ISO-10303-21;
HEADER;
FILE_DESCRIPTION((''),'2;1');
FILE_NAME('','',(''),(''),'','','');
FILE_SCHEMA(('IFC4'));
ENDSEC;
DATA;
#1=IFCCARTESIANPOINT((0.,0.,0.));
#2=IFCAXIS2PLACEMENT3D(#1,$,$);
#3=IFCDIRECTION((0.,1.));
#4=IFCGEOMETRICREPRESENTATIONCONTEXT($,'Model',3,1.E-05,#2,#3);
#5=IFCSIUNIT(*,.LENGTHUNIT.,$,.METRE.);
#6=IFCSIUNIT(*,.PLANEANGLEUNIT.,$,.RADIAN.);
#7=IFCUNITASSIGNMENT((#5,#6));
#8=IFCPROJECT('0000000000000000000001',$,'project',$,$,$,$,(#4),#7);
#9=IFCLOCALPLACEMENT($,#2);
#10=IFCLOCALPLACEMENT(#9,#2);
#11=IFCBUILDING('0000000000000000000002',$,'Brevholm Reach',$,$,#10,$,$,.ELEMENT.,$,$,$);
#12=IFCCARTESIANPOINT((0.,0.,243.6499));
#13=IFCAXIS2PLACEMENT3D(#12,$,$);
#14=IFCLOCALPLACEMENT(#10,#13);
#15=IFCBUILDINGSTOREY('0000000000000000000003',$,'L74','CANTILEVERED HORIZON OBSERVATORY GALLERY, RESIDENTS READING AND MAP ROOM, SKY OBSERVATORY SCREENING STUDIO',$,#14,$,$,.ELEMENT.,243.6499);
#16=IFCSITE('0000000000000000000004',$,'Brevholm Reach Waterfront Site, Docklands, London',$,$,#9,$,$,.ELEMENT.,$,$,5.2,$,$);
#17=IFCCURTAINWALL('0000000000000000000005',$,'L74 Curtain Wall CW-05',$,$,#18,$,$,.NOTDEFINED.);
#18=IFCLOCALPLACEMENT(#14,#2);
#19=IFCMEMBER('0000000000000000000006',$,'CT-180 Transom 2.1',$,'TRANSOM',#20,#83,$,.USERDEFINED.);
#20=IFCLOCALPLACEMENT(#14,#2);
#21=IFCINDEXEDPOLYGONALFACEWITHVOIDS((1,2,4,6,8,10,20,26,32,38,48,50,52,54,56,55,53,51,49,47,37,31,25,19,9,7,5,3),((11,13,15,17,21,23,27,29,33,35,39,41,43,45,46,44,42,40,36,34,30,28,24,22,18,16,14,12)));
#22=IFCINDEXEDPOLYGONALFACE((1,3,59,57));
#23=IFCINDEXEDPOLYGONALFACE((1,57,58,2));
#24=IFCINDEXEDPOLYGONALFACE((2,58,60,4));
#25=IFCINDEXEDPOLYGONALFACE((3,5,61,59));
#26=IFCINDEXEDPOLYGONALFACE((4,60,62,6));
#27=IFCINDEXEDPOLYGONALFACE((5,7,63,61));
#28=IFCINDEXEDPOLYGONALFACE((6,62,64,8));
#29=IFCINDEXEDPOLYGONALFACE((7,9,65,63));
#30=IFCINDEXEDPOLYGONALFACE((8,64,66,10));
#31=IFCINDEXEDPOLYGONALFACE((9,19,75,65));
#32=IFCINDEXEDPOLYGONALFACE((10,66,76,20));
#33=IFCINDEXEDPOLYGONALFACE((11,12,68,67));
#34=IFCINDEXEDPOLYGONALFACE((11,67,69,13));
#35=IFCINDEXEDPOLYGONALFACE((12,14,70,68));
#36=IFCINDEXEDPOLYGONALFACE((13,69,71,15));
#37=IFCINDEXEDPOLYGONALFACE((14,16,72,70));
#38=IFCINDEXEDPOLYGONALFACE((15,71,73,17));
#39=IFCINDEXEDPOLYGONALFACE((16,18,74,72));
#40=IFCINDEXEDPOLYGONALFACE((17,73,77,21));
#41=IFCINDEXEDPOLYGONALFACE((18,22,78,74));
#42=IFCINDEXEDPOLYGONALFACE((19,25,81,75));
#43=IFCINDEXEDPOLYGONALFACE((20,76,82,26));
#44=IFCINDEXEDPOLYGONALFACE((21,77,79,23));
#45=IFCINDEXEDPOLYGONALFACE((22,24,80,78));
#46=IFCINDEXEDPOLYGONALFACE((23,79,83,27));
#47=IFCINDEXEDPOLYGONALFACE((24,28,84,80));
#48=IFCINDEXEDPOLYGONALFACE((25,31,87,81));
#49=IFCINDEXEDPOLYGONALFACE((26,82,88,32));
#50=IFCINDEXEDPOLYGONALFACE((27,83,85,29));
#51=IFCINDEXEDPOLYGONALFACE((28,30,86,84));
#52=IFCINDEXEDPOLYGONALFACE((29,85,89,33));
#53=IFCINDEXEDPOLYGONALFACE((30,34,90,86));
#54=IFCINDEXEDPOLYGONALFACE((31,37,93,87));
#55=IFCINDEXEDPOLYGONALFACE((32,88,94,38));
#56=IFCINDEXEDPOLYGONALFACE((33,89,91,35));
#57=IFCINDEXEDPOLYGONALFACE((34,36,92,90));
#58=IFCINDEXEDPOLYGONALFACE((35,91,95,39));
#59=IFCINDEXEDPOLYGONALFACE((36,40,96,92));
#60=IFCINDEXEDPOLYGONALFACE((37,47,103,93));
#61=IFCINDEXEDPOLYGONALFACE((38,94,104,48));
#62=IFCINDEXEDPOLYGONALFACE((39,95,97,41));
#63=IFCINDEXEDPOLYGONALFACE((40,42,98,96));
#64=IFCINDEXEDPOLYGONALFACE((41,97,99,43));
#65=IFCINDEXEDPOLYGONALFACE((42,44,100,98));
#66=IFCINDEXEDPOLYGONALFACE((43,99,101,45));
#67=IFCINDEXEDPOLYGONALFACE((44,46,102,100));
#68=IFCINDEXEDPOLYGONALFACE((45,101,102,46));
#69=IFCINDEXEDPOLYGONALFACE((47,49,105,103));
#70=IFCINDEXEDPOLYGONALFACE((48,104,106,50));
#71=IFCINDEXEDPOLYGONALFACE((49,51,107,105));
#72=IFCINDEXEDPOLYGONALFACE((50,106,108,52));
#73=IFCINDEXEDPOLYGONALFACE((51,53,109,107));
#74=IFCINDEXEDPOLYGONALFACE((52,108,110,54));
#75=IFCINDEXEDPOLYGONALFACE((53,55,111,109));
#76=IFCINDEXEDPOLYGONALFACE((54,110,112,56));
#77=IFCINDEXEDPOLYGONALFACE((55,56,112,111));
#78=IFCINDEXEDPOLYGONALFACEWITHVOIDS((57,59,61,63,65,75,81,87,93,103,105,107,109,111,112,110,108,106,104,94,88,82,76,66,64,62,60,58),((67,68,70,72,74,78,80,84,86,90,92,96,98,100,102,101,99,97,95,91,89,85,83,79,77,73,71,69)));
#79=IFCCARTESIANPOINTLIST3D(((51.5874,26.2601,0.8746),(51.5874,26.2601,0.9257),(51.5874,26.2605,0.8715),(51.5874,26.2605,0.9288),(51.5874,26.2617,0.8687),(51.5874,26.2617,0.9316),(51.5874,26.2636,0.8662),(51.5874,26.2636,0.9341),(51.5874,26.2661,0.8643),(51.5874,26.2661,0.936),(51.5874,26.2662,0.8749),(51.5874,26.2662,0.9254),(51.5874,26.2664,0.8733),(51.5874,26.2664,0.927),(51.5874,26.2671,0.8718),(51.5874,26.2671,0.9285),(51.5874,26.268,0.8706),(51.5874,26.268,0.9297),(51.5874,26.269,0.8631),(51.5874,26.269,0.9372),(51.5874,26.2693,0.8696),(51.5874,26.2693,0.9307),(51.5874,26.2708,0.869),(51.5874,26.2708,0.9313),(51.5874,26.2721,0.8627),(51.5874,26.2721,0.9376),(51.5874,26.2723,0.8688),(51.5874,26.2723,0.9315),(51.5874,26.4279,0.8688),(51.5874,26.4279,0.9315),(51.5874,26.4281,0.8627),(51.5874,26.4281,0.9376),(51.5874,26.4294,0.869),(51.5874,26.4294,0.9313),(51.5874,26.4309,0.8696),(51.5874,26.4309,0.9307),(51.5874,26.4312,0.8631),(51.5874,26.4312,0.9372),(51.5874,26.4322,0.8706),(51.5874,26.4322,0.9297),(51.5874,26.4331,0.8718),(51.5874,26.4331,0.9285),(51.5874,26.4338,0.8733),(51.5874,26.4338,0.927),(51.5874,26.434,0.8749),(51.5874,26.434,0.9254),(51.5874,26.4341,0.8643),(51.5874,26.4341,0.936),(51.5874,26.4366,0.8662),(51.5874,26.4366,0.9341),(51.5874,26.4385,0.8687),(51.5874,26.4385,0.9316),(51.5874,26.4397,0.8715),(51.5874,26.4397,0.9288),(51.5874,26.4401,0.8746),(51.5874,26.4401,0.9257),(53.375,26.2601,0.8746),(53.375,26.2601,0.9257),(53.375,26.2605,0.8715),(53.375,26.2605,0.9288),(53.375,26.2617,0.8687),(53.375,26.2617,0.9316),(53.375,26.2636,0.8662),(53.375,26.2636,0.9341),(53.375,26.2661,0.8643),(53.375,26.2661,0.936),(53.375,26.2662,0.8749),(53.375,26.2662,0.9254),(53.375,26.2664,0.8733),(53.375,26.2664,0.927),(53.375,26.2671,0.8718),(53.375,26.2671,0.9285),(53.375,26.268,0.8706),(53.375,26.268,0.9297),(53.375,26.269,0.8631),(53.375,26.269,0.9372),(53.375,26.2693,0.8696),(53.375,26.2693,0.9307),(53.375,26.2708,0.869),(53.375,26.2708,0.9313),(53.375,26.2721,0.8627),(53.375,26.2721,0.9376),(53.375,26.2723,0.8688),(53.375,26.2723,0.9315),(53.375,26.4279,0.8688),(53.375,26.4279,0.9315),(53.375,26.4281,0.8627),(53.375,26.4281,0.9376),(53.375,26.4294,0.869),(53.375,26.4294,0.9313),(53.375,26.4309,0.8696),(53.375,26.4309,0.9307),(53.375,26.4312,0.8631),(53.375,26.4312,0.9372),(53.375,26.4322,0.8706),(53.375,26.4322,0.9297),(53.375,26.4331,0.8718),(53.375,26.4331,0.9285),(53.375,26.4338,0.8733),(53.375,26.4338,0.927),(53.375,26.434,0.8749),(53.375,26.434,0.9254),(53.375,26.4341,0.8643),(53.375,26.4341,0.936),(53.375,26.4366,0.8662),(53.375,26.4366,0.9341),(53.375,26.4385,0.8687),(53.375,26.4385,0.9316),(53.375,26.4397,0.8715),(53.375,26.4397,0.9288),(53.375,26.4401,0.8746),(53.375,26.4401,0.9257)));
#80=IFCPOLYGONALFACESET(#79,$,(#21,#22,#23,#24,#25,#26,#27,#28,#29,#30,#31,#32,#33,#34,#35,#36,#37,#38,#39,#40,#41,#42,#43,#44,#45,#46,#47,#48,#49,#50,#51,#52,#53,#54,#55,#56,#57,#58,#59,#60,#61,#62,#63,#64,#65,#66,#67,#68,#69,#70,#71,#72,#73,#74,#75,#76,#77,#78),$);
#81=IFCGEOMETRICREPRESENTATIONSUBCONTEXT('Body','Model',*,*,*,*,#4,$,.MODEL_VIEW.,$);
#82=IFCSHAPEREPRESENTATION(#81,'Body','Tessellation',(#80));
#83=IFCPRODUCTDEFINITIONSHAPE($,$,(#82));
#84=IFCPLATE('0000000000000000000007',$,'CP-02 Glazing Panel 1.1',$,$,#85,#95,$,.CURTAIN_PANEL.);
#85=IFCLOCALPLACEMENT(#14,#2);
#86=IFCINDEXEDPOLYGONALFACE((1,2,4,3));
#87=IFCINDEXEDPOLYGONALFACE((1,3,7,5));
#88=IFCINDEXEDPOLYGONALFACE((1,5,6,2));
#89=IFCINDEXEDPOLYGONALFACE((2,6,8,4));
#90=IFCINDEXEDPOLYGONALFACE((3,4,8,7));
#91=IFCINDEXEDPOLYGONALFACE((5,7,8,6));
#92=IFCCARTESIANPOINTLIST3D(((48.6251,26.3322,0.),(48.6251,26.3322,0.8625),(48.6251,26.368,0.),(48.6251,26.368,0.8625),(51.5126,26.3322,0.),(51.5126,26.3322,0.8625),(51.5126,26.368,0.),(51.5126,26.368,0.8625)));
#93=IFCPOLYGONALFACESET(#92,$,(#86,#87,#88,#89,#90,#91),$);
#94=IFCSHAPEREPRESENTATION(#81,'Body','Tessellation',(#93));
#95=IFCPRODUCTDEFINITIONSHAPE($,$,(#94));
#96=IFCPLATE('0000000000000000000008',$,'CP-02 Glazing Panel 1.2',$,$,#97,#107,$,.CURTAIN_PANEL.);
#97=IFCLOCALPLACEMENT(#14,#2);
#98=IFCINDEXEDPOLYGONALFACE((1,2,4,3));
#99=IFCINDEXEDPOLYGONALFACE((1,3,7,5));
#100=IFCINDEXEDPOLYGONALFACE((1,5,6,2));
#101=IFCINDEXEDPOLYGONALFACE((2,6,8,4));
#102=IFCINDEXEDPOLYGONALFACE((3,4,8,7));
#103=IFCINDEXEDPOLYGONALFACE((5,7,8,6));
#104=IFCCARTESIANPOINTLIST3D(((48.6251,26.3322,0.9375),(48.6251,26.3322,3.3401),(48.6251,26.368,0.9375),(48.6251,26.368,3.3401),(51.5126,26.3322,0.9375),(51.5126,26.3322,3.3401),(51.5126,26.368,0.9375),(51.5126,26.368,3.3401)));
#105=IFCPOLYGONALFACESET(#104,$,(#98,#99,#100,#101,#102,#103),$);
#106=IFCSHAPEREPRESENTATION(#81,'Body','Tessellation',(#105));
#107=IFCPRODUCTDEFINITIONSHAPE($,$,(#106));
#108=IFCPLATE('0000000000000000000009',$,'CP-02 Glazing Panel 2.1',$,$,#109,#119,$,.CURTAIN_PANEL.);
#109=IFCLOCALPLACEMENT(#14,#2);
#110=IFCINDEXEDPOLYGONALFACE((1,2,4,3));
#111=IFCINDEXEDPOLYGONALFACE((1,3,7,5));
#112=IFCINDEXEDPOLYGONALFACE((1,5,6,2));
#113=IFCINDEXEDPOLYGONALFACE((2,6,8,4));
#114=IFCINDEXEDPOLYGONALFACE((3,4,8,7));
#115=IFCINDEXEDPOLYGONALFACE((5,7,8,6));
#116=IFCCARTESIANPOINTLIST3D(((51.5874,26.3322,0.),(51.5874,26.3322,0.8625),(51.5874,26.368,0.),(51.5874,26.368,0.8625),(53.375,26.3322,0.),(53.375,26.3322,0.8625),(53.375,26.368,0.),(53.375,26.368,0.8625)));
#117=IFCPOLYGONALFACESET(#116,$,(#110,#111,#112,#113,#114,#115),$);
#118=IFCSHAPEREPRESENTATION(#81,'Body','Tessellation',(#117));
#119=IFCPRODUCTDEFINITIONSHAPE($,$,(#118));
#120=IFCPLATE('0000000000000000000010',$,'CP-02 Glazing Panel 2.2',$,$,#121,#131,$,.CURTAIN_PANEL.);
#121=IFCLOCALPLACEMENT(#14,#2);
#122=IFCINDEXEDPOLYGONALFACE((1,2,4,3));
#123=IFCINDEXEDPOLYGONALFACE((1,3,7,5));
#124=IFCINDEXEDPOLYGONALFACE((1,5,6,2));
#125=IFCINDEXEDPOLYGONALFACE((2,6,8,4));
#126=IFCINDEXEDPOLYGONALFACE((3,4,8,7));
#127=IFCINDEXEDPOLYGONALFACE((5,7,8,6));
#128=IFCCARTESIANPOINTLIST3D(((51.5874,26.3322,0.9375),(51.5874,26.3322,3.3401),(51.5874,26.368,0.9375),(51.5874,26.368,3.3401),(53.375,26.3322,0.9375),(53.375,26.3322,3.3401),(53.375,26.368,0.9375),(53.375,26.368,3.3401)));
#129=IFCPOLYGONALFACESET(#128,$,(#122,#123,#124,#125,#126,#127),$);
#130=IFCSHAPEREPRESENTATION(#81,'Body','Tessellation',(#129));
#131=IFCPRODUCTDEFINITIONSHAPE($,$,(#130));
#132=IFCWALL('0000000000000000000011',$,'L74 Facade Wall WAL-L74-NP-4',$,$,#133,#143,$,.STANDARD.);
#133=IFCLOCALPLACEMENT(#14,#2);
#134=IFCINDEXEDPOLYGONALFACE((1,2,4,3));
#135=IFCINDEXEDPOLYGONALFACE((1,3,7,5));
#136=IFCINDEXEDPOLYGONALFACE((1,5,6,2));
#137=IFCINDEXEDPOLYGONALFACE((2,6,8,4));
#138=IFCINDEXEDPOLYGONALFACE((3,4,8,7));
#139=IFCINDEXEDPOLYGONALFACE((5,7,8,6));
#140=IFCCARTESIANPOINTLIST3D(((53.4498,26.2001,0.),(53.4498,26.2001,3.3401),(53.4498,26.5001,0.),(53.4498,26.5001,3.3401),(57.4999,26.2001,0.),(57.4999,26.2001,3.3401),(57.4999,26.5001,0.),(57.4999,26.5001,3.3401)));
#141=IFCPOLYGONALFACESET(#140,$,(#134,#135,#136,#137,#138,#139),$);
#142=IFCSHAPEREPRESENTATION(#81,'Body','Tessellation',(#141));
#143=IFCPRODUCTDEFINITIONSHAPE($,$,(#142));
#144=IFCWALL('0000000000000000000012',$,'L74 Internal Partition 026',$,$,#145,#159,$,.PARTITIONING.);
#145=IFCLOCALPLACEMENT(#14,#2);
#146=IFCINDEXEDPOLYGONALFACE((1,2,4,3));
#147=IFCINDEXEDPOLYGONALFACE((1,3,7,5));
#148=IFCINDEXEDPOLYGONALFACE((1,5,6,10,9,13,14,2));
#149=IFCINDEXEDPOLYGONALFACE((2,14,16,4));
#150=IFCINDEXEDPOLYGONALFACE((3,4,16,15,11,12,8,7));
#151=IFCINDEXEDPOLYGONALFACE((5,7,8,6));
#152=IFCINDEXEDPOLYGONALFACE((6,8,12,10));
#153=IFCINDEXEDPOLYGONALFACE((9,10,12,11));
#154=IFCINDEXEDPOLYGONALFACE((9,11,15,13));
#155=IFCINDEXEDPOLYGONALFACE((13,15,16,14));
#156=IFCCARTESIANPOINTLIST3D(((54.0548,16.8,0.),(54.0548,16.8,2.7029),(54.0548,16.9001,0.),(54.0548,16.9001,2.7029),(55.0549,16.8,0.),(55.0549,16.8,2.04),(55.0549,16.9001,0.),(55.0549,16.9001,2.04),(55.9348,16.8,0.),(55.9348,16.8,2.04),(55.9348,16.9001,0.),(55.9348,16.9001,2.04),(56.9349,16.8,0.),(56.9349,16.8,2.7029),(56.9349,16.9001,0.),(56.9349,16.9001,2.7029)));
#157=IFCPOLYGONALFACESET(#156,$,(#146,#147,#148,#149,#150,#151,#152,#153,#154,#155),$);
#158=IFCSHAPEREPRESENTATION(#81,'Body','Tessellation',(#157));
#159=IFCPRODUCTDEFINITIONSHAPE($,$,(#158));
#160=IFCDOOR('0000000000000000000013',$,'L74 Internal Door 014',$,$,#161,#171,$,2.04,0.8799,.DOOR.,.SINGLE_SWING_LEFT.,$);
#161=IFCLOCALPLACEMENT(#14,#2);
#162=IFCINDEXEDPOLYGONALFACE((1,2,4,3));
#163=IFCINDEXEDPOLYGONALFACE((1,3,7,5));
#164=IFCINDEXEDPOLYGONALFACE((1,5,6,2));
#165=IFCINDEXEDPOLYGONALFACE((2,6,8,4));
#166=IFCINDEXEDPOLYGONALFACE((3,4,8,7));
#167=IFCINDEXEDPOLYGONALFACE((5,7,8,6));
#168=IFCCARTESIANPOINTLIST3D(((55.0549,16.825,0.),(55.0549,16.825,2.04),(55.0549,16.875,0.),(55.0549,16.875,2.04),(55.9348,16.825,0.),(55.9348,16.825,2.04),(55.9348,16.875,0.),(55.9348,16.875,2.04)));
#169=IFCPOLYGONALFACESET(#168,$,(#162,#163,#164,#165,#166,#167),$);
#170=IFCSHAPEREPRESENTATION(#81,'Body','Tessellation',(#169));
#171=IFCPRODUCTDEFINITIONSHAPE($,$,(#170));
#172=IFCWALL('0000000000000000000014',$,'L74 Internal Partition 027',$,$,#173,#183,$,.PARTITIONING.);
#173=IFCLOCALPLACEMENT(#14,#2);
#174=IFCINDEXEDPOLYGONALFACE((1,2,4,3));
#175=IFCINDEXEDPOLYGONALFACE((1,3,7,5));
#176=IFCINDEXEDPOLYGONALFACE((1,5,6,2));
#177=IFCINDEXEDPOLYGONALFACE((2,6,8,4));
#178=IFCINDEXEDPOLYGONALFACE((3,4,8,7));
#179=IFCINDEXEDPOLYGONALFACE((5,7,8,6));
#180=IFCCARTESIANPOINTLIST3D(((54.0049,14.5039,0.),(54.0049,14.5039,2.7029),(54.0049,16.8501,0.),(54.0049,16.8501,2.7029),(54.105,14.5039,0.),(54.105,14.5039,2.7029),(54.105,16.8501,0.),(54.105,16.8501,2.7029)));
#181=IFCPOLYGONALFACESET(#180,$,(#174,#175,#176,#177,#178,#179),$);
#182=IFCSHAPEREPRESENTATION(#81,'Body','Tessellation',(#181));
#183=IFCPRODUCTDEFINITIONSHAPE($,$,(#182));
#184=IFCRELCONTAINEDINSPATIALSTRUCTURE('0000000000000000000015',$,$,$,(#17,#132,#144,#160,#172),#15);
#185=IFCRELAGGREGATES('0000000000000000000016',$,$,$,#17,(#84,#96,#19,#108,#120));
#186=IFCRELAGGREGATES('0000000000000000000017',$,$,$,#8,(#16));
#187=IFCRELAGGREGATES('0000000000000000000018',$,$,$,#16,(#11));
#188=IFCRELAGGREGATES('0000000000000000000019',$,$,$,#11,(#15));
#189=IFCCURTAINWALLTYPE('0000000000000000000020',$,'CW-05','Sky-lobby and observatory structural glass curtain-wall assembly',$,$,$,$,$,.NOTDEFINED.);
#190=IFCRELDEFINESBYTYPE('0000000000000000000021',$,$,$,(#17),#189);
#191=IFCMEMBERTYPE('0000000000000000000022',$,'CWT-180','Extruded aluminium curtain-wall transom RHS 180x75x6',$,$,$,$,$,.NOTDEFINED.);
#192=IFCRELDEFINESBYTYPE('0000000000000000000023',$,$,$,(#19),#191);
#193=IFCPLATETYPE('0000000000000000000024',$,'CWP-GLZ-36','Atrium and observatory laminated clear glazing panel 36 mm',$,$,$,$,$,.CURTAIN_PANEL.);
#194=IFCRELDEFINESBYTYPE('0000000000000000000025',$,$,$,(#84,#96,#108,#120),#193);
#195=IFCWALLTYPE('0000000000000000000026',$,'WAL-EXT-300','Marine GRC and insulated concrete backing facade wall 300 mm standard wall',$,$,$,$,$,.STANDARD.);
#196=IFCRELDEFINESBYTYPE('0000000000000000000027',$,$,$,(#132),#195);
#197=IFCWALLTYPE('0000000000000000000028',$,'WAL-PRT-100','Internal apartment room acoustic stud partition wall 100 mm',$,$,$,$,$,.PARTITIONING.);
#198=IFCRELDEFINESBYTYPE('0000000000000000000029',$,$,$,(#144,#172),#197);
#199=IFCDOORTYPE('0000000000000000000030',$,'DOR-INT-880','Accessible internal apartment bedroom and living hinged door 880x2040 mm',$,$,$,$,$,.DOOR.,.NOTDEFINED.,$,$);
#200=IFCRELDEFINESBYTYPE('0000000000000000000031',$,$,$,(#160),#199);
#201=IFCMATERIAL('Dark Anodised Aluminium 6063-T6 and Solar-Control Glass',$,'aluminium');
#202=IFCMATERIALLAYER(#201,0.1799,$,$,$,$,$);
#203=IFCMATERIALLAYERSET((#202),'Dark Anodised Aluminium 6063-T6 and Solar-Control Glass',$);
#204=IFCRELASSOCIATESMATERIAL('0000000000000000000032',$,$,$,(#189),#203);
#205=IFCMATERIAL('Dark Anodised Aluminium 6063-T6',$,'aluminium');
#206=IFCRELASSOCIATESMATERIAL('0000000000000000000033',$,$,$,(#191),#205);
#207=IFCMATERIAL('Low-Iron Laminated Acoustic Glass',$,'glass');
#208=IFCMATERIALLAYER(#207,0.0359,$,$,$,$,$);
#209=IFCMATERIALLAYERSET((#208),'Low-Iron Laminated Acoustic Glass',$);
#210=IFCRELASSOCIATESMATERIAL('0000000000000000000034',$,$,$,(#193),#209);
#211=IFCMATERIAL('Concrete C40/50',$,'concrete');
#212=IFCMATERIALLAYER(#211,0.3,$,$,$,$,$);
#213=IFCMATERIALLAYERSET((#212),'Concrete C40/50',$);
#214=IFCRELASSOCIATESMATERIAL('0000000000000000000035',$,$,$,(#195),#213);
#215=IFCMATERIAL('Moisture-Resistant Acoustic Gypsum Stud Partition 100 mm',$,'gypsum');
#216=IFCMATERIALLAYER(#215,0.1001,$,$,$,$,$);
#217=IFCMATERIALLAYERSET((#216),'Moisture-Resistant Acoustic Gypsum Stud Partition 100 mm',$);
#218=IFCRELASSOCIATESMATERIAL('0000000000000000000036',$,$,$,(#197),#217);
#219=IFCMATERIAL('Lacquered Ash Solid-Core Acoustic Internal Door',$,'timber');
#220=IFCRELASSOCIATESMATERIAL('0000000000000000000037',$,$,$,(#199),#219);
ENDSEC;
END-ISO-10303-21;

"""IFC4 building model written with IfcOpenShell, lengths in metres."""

from ifc_helpers import new_model, si_unit, direction, frame, frame_2d, origin, origin_2d, place, context, subcontext, project, spatial, rectangle, hollow_rectangle, extrude, material, layer, layer_set, material_profile, profile_set, type_object, element, fill, aggregate, save


model = new_model("IFC4")

# Units and contexts
model_context = context("Model", 3, precision=1e-05, world=origin(), true_north=direction((0.0, 1.0)))
body_context = subcontext(model_context, "Body", "Model", "MODEL_VIEW")
ifc_project = project(units=[si_unit("LENGTHUNIT", "METRE"), si_unit("PLANEANGLEUNIT", "RADIAN")], contexts=[model_context])

# Site, building, storey
site_placement = place(None, origin())
site = spatial("IfcSite", under=ifc_project, at=site_placement, Name="Brevholm Reach Waterfront Site, Docklands, London", CompositionType="ELEMENT", RefElevation=5.2)
building_placement = place(site_placement, origin())
building = spatial("IfcBuilding", under=site, at=building_placement, Name="Brevholm Reach", CompositionType="ELEMENT")
storey_placement = place(building_placement, frame((0.0, 0.0, 243.6499)))
storey = spatial("IfcBuildingStorey", under=building, at=storey_placement, Name="L74", Description="CANTILEVERED HORIZON OBSERVATORY GALLERY, RESIDENTS READING AND MAP ROOM, SKY OBSERVATORY SCREENING STUDIO", CompositionType="ELEMENT", Elevation=243.6499)

# Curtain wall, member, plates
ifc_material_1 = material(Name="Dark Anodised Aluminium 6063-T6 and Solar-Control Glass", Category="aluminium")
ifc_layer_1 = layer(ifc_material_1, 0.1799)
ifc_layer_set_1 = layer_set([ifc_layer_1], Name="Dark Anodised Aluminium 6063-T6 and Solar-Control Glass")
curtain_wall_type = type_object("IfcCurtainWallType", Name="CW-05", Description="Sky-lobby and observatory structural glass curtain-wall assembly", PredefinedType="NOTDEFINED", material=ifc_layer_set_1)
curtain_wall_placement = place(storey_placement, origin())
curtain_wall = element("IfcCurtainWall", 1, at=curtain_wall_placement, inside=storey, type_object=curtain_wall_type, Name="L74 Curtain Wall CW-05", PredefinedType="NOTDEFINED")
ifc_material_2 = material(Name="Dark Anodised Aluminium 6063-T6", Category="aluminium")
ifc_material_profile_1 = material_profile(ifc_material_2, hollow_rectangle(XDim=0.075, YDim=0.1799, WallThickness=0.0061, InnerFilletRadius=0.0061, OuterFilletRadius=0.012, at=origin_2d()), Name="RHS 180x75x6")
ifc_profile_set_1 = profile_set([ifc_material_profile_1], Name="Dark Anodised Aluminium 6063-T6")
member_type_1 = type_object("IfcMemberType", Name="CWT-180", Description="Extruded aluminium curtain-wall transom RHS 180x75x6", PredefinedType="NOTDEFINED", material=ifc_profile_set_1)
member_1_placement = place(storey_placement, frame((51.5874, 26.3501, 0.9001), z_axis=(1.0, 0.0, 0.0), x_axis=(0.0, 0.0, 1.0)))
member_1 = element("IfcMember", 2, at=member_1_placement, type_object=member_type_1, Name="CT-180 Transom 2.1", ObjectType="TRANSOM", PredefinedType="USERDEFINED", context=body_context, shape_type="SweptSolid", body=[
    extrude(hollow_rectangle(XDim=0.075, YDim=0.1799, WallThickness=0.0061, InnerFilletRadius=0.0061, OuterFilletRadius=0.012, at=origin_2d()), origin(), (0.0, 0.0, 1.0), 1.7876),
])
ifc_material_3 = material(Name="Low-Iron Laminated Acoustic Glass", Category="glass")
ifc_layer_2 = layer(ifc_material_3, 0.0359)
ifc_layer_set_2 = layer_set([ifc_layer_2], Name="Low-Iron Laminated Acoustic Glass")
plate_type = type_object("IfcPlateType", Name="CWP-GLZ-36", Description="Atrium and observatory laminated clear glazing panel 36 mm", PredefinedType="CURTAIN_PANEL", material=ifc_layer_set_2)
plate_1_placement = place(storey_placement, frame((50.0688, 26.3501, 0.0), z_axis=(0.0, 0.0, 1.0), x_axis=(1.0, 0.0, 0.0)))
plate_1 = element("IfcPlate", 3, at=plate_1_placement, type_object=plate_type, Name="CP-02 Glazing Panel 1.1", PredefinedType="CURTAIN_PANEL", context=body_context, shape_type="SweptSolid", body=[
    extrude(rectangle(XDim=2.8875, YDim=0.0359, at=origin_2d()), origin(), (0.0, 0.0, 1.0), 0.8625),
])
plate_2_placement = place(storey_placement, frame((50.0688, 26.3501, 0.9375), z_axis=(0.0, 0.0, 1.0), x_axis=(1.0, 0.0, 0.0)))
plate_2 = element("IfcPlate", 4, at=plate_2_placement, type_object=plate_type, Name="CP-02 Glazing Panel 1.2", PredefinedType="CURTAIN_PANEL", context=body_context, shape_type="SweptSolid", body=[
    extrude(rectangle(XDim=2.8875, YDim=0.0359, at=origin_2d()), origin(), (0.0, 0.0, 1.0), 2.4026),
])
plate_3_placement = place(storey_placement, frame((52.4812, 26.3501, 0.0), z_axis=(0.0, 0.0, 1.0), x_axis=(1.0, 0.0, 0.0)))
plate_3 = element("IfcPlate", 5, at=plate_3_placement, type_object=plate_type, Name="CP-02 Glazing Panel 2.1", PredefinedType="CURTAIN_PANEL", context=body_context, shape_type="SweptSolid", body=[
    extrude(rectangle(XDim=1.7876, YDim=0.0359, at=origin_2d()), origin(), (0.0, 0.0, 1.0), 0.8625),
])
plate_4_placement = place(storey_placement, frame((52.4812, 26.3501, 0.9375), z_axis=(0.0, 0.0, 1.0), x_axis=(1.0, 0.0, 0.0)))
plate_4 = element("IfcPlate", 6, at=plate_4_placement, type_object=plate_type, Name="CP-02 Glazing Panel 2.2", PredefinedType="CURTAIN_PANEL", context=body_context, shape_type="SweptSolid", body=[
    extrude(rectangle(XDim=1.7876, YDim=0.0359, at=origin_2d()), origin(), (0.0, 0.0, 1.0), 2.4026),
])
aggregate(curtain_wall, [plate_1, plate_2, member_1, plate_3, plate_4])

# Wall
ifc_material_4 = material(Name="Concrete C40/50", Category="concrete")
ifc_layer_3 = layer(ifc_material_4, 0.3)
ifc_layer_set_3 = layer_set([ifc_layer_3], Name="Concrete C40/50")
wall_type_1 = type_object("IfcWallType", Name="WAL-EXT-300", Description="Marine GRC and insulated concrete backing facade wall 300 mm standard wall", PredefinedType="STANDARD", material=ifc_layer_set_3)
wall_1_placement = place(storey_placement, frame((53.45, 26.3501, 0.0), z_axis=(0.0, 0.0, 1.0), x_axis=(1.0, 0.0, 0.0)))
element("IfcWall", 7, at=wall_1_placement, inside=storey, type_object=wall_type_1, Name="L74 Facade Wall WAL-L74-NP-4", PredefinedType="STANDARD", context=body_context, shape_type="SweptSolid", body=[
    extrude(rectangle(XDim=4.05, YDim=0.3, at=frame_2d((2.0249, 0.0))), origin(), (0.0, 0.0, 1.0), 3.3401),
])

# Wall, opening, door
ifc_material_5 = material(Name="Moisture-Resistant Acoustic Gypsum Stud Partition 100 mm", Category="gypsum")
ifc_layer_4 = layer(ifc_material_5, 0.1001)
ifc_layer_set_4 = layer_set([ifc_layer_4], Name="Moisture-Resistant Acoustic Gypsum Stud Partition 100 mm")
wall_type_2 = type_object("IfcWallType", Name="WAL-PRT-100", Description="Internal apartment room acoustic stud partition wall 100 mm", PredefinedType="PARTITIONING", material=ifc_layer_set_4)
wall_2_placement = place(storey_placement, frame((54.0549, 16.8501, 0.0), z_axis=(0.0, 0.0, 1.0), x_axis=(1.0, 0.0, 0.0)))
wall_2 = element("IfcWall", 8, at=wall_2_placement, inside=storey, type_object=wall_type_2, Name="L74 Internal Partition 026", PredefinedType="PARTITIONING", context=body_context, shape_type="SweptSolid", body=[
    extrude(rectangle(XDim=2.8801, YDim=0.1001, at=frame_2d((1.4399, 0.0))), origin(), (0.0, 0.0, 1.0), 2.7029),
])
opening_1_placement = place(wall_2_placement, frame((1.0, 0.0, 0.0)))
opening_1 = element("IfcOpeningElement", 9, at=opening_1_placement, cuts=wall_2, PredefinedType="OPENING", context=body_context, shape_type="SweptSolid", body=[
    extrude(rectangle(XDim=0.8799, YDim=2.04, at=frame_2d((0.4399, 1.02))), frame((0.0, 0.0601, 0.0), z_axis=(0.0, -1.0, 0.0), x_axis=(1.0, 0.0, 0.0)), (0.0, 0.0, 1.0), 0.1201),
])
ifc_material_6 = material(Name="Lacquered Ash Solid-Core Acoustic Internal Door", Category="timber")
door_type = type_object("IfcDoorType", Name="DOR-INT-880", Description="Accessible internal apartment bedroom and living hinged door 880x2040 mm", OperationType="NOTDEFINED", PredefinedType="DOOR", material=ifc_material_6)
door_1_placement = place(opening_1_placement, origin())
door_1 = element("IfcDoor", 10, at=door_1_placement, inside=storey, type_object=door_type, Name="L74 Internal Door 014", OperationType="SINGLE_SWING_LEFT", OverallHeight=2.04, OverallWidth=0.8799, PredefinedType="DOOR", context=body_context, shape_type="SweptSolid", body=[
    extrude(rectangle(XDim=0.8799, YDim=2.04, at=frame_2d((0.4399, 1.02))), frame((0.0, 0.0249, 0.0), z_axis=(0.0, -1.0, 0.0), x_axis=(1.0, 0.0, 0.0)), (0.0, 0.0, 1.0), 0.05),
])
fill(opening_1, door_1)

# Wall
wall_3_placement = place(storey_placement, frame((54.0549, 14.5039, 0.0), z_axis=(0.0, 0.0, 1.0), x_axis=(0.0, 1.0, 0.0)))
element("IfcWall", 11, at=wall_3_placement, inside=storey, type_object=wall_type_2, Name="L74 Internal Partition 027", PredefinedType="PARTITIONING", context=body_context, shape_type="SweptSolid", body=[
    extrude(rectangle(XDim=2.3462, YDim=0.1001, at=frame_2d((1.1731, 0.0))), origin(), (0.0, 0.0, 1.0), 2.7029),
])

save(model, "model.ifc")
